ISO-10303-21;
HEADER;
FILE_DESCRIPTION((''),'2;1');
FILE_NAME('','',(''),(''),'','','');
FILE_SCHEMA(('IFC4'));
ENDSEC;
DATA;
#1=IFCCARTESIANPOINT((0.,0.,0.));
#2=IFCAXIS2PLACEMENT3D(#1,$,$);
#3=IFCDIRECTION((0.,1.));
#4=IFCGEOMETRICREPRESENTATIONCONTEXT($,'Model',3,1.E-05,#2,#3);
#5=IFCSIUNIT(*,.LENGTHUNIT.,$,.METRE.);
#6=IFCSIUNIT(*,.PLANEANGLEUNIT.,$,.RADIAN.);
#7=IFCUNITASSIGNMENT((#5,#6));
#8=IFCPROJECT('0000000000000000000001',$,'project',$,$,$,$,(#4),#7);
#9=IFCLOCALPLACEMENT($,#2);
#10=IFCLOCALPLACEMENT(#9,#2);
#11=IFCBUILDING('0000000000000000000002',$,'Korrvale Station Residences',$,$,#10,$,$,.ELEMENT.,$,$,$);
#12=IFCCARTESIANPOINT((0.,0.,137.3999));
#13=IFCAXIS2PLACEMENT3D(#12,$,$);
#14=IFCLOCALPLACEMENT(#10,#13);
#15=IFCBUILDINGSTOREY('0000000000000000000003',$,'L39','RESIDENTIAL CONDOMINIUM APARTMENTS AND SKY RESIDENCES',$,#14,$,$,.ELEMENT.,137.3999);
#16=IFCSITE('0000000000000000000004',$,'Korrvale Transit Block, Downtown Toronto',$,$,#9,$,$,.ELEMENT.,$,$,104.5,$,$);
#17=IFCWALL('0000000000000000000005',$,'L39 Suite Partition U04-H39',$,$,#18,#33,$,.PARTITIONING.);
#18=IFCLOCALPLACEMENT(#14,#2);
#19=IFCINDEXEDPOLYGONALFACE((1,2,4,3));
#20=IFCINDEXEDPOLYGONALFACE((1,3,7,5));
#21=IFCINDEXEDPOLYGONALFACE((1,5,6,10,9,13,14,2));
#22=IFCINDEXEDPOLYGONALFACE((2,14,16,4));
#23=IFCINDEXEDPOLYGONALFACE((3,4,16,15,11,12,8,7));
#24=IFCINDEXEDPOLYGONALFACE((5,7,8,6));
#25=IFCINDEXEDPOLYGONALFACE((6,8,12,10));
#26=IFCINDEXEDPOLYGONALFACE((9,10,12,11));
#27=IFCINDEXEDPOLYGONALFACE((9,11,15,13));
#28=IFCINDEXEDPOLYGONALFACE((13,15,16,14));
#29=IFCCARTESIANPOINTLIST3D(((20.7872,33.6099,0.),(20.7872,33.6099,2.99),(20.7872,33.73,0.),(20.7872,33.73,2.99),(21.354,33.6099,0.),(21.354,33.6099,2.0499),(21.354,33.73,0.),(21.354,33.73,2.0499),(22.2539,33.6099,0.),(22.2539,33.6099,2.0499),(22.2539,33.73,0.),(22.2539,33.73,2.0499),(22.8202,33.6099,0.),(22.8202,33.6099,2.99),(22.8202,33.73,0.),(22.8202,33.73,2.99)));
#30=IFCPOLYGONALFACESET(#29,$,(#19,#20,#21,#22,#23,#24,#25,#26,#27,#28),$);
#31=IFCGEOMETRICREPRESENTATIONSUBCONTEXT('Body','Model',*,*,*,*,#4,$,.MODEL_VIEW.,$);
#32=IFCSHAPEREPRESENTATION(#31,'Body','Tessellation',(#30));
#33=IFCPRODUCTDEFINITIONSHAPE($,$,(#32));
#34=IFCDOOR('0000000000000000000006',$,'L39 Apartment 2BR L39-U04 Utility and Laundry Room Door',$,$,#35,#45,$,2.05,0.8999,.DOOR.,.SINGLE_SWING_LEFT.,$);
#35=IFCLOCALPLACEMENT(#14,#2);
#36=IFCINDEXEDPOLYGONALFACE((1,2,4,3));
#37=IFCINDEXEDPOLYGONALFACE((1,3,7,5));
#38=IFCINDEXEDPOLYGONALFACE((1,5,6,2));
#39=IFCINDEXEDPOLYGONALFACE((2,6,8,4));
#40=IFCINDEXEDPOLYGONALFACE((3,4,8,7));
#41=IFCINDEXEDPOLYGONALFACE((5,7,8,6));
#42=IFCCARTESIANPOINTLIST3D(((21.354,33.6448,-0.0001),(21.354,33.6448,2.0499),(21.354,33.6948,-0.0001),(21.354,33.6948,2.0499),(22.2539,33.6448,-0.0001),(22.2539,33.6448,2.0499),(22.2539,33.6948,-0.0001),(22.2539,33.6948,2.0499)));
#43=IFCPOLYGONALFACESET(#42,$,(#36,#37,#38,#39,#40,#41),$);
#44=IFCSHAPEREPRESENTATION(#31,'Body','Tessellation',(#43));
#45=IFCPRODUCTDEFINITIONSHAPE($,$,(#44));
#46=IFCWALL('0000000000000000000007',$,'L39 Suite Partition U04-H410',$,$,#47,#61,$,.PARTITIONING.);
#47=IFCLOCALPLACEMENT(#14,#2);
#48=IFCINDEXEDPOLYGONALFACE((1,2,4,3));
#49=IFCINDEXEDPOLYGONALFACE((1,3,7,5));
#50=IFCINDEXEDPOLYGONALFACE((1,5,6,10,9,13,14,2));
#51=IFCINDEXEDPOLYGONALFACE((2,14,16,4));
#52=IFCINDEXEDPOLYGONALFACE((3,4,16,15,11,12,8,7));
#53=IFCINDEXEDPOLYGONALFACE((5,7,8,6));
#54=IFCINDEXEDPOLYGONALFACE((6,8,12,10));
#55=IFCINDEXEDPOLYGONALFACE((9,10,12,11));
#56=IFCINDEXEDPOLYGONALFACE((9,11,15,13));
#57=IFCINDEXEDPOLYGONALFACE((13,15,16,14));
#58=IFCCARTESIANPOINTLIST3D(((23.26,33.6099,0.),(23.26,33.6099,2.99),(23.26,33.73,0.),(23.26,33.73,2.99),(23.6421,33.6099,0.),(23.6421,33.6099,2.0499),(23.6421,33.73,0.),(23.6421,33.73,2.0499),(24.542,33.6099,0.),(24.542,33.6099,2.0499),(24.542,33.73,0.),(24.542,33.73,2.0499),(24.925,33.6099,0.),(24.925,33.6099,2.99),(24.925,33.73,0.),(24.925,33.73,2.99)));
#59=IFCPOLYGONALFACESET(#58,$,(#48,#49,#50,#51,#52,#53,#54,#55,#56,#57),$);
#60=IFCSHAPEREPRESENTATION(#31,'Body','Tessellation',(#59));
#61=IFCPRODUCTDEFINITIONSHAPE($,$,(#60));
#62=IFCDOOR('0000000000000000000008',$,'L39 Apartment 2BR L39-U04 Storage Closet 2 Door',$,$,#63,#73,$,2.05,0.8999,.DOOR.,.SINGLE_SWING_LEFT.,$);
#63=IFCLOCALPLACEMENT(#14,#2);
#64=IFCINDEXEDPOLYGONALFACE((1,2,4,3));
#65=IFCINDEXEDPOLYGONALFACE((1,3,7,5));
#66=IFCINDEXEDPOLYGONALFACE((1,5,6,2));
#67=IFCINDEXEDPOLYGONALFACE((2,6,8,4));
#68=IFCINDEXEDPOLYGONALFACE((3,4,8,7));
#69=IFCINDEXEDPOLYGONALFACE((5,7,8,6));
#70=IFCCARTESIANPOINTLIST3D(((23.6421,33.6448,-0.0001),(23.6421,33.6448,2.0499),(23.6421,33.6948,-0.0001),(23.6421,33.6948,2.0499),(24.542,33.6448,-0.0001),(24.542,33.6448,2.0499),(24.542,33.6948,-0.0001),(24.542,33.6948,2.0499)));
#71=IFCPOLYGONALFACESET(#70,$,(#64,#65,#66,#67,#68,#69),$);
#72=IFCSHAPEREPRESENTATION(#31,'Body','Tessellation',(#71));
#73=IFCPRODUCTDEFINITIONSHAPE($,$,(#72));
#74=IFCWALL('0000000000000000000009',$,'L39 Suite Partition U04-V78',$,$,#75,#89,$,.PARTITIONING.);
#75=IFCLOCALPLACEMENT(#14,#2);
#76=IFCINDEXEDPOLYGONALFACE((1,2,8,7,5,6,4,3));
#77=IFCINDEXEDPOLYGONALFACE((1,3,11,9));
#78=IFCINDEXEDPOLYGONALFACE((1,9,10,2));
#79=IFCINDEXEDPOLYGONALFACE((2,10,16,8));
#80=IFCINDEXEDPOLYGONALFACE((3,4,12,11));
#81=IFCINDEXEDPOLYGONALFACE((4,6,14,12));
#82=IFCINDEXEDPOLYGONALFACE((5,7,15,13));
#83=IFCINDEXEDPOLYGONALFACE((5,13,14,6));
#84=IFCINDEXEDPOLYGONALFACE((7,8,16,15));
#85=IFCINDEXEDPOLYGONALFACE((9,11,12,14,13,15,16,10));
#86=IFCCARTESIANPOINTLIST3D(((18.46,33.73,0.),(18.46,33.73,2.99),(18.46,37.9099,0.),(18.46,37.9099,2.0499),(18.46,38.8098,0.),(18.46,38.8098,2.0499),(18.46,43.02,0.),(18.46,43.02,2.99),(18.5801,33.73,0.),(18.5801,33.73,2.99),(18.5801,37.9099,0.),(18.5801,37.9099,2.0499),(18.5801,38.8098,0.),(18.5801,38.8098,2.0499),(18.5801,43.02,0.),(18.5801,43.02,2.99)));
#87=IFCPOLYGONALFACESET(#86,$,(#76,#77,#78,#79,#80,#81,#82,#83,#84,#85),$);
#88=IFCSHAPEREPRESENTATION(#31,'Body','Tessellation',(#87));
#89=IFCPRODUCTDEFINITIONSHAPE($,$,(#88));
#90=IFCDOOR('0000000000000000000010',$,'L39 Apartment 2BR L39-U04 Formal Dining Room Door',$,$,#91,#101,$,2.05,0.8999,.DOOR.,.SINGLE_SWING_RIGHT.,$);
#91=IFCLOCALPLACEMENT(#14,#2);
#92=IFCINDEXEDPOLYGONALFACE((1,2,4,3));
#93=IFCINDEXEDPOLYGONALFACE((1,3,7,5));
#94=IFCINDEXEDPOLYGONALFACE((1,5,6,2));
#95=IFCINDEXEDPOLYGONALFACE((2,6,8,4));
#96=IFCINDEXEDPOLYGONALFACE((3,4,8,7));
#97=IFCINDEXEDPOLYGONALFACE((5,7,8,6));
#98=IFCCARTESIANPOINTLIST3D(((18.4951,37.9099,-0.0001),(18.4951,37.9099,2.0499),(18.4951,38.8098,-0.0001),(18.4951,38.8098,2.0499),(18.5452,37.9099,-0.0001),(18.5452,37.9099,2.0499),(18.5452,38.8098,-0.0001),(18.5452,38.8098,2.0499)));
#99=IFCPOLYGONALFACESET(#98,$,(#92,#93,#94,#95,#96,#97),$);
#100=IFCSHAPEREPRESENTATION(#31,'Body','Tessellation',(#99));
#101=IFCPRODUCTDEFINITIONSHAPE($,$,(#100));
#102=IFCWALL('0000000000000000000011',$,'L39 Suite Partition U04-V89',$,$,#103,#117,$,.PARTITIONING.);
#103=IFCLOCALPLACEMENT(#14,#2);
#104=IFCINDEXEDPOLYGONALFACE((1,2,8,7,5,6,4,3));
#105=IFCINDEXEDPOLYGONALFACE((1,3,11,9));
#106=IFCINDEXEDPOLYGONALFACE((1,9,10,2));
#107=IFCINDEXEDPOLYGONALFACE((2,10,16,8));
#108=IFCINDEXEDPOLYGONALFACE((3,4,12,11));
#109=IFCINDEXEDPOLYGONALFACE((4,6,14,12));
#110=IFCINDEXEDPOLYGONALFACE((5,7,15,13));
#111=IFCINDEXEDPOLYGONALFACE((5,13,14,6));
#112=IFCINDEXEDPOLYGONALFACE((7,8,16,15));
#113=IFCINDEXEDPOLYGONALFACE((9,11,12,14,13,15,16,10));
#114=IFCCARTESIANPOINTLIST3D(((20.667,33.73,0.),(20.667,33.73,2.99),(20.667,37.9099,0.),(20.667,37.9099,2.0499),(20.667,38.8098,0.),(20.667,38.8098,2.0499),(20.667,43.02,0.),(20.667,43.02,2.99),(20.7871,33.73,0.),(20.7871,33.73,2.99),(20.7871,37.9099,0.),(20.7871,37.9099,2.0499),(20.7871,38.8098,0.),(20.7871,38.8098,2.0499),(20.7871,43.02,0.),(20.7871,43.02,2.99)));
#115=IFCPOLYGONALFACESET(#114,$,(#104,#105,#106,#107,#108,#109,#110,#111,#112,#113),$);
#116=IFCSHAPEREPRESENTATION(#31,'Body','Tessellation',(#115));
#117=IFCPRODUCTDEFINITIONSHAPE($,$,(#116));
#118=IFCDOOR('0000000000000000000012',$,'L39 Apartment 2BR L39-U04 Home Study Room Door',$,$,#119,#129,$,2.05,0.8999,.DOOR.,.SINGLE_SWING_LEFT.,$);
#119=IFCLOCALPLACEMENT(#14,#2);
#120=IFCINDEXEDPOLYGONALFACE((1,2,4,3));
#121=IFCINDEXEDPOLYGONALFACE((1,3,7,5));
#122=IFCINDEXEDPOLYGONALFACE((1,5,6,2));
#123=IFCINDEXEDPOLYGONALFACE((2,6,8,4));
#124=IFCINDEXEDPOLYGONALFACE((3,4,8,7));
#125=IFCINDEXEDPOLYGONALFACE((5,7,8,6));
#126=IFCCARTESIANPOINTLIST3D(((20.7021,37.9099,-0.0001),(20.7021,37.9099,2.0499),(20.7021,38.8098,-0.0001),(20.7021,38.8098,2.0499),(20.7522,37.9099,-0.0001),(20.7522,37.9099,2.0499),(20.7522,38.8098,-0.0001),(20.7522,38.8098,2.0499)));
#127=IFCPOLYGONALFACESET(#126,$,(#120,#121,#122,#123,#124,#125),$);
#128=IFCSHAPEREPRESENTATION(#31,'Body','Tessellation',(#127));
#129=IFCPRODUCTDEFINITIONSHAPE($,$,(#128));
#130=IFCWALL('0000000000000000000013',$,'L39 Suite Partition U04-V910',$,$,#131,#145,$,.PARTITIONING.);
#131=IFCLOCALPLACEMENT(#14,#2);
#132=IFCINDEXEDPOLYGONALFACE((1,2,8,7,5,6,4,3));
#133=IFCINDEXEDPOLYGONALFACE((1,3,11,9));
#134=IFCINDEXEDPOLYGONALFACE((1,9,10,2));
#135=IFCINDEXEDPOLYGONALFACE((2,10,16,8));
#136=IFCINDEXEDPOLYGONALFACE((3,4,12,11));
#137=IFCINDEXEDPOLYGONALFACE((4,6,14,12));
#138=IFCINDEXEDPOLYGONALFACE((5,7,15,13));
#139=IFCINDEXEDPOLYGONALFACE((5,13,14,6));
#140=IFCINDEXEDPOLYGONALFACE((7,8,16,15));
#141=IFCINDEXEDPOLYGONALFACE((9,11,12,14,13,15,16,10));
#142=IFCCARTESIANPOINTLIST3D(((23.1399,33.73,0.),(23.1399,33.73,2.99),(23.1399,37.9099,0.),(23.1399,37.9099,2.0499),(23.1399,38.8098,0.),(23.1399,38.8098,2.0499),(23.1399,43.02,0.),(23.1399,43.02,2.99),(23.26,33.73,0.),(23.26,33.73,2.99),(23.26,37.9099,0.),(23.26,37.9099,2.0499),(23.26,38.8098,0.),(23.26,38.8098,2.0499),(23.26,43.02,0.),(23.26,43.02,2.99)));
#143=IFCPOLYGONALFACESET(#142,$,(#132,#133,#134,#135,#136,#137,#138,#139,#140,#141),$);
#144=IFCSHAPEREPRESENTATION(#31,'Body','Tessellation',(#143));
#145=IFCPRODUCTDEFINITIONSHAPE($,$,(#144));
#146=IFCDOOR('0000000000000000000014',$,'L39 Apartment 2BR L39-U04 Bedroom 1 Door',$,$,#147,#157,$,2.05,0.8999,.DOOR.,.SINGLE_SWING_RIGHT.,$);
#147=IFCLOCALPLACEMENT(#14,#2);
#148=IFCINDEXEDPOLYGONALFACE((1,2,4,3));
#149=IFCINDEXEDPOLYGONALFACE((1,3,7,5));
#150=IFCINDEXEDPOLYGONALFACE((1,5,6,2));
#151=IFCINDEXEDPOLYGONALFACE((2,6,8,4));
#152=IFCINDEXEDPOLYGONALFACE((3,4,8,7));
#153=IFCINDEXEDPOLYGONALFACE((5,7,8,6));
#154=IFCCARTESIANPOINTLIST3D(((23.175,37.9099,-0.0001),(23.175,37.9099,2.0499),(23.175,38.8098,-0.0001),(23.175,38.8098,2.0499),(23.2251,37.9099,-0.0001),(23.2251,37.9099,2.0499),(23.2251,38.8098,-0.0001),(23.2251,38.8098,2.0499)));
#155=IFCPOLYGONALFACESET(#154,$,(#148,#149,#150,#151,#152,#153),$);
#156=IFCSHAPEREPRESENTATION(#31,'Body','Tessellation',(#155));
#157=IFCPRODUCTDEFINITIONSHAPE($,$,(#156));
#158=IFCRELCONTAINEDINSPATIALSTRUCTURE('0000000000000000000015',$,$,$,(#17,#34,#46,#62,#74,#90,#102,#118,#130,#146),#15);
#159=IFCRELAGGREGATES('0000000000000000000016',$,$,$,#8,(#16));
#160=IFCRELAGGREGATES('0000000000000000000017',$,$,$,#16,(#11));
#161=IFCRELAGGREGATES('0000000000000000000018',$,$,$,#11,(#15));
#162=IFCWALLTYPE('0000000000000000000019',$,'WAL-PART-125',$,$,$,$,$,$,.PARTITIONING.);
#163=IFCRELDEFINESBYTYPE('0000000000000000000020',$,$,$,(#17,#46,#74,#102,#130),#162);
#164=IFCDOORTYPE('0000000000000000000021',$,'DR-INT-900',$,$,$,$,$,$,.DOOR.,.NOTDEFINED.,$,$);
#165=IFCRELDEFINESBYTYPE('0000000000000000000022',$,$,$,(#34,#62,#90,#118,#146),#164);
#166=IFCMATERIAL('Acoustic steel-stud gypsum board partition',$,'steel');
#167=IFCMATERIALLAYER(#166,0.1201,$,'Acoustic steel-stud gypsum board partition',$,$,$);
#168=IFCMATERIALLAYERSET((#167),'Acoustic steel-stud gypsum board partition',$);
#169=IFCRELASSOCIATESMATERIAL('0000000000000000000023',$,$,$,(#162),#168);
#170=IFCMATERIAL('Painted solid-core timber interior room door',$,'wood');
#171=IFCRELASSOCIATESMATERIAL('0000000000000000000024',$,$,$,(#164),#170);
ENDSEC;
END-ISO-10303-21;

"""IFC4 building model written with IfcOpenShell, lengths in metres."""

from ifc_helpers import new_model, si_unit, direction, frame, frame_2d, origin, place, context, subcontext, project, spatial, rectangle, extrude, material, layer, layer_set, type_object, element, fill, save


model = new_model("IFC4")

# Units and contexts
model_context = context("Model", 3, precision=1e-05, world=origin(), true_north=direction((0.0, 1.0)))
body_context = subcontext(model_context, "Body", "Model", "MODEL_VIEW")
ifc_project = project(units=[si_unit("LENGTHUNIT", "METRE"), si_unit("PLANEANGLEUNIT", "RADIAN")], contexts=[model_context])

# Site, building, storey
site_placement = place(None, origin())
site = spatial("IfcSite", under=ifc_project, at=site_placement, Name="Korrvale Transit Block, Downtown Toronto", CompositionType="ELEMENT", RefElevation=104.5)
building_placement = place(site_placement, origin())
building = spatial("IfcBuilding", under=site, at=building_placement, Name="Korrvale Station Residences", CompositionType="ELEMENT")
storey_placement = place(building_placement, frame((0.0, 0.0, 137.3999)))
storey = spatial("IfcBuildingStorey", under=building, at=storey_placement, Name="L39", Description="RESIDENTIAL CONDOMINIUM APARTMENTS AND SKY RESIDENCES", CompositionType="ELEMENT", Elevation=137.3999)

# Shared definitions
ifc_material_1 = material(Name="Acoustic steel-stud gypsum board partition", Category="steel")
ifc_layer = layer(ifc_material_1, 0.1201, Name="Acoustic steel-stud gypsum board partition")
ifc_layer_set = layer_set([ifc_layer], Name="Acoustic steel-stud gypsum board partition")
wall_type = type_object("IfcWallType", Name="WAL-PART-125", PredefinedType="PARTITIONING", material=ifc_layer_set)
ifc_material_2 = material(Name="Painted solid-core timber interior room door", Category="wood")
door_type = type_object("IfcDoorType", Name="DR-INT-900", OperationType="NOTDEFINED", PredefinedType="DOOR", material=ifc_material_2)

# Walls, openings, doors
wall_1_placement = place(storey_placement, frame((20.7871, 33.6699, 0.0), z_axis=(0.0, 0.0, 1.0), x_axis=(1.0, 0.0, 0.0)))
wall_1 = element("IfcWall", 1, at=wall_1_placement, inside=storey, type_object=wall_type, Name="L39 Suite Partition U04-H39", PredefinedType="PARTITIONING", context=body_context, shape_type="SweptSolid", body=[
    extrude(rectangle(XDim=2.033, YDim=0.1201, at=frame_2d((1.0166, 0.0))), origin(), (0.0, 0.0, 1.0), 2.99),
])
opening_1_placement = place(wall_1_placement, frame((0.5669, 0.0, 0.0)))
opening_1 = element("IfcOpeningElement", 2, at=opening_1_placement, cuts=wall_1, PredefinedType="OPENING", context=body_context, shape_type="SweptSolid", body=[
    extrude(rectangle(XDim=0.8999, YDim=2.05, at=frame_2d((0.45, 1.0249))), frame((0.0, 0.0701, 0.0), z_axis=(0.0, -1.0, 0.0), x_axis=(1.0, 0.0, 0.0)), (0.0, 0.0, 1.0), 0.1401),
])
door_1_placement = place(opening_1_placement, origin())
door_1 = element("IfcDoor", 3, at=door_1_placement, inside=storey, type_object=door_type, Name="L39 Apartment 2BR L39-U04 Utility and Laundry Room Door", OperationType="SINGLE_SWING_LEFT", OverallHeight=2.05, OverallWidth=0.8999, PredefinedType="DOOR", context=body_context, shape_type="SweptSolid", body=[
    extrude(rectangle(XDim=0.8999, YDim=2.05, at=frame_2d((0.45, 1.0249))), frame((0.0, 0.0249, 0.0), z_axis=(0.0, -1.0, 0.0), x_axis=(1.0, 0.0, 0.0)), (0.0, 0.0, 1.0), 0.05),
])
fill(opening_1, door_1)
wall_2_placement = place(storey_placement, frame((23.26, 33.6699, 0.0), z_axis=(0.0, 0.0, 1.0), x_axis=(1.0, 0.0, 0.0)))
wall_2 = element("IfcWall", 4, at=wall_2_placement, inside=storey, type_object=wall_type, Name="L39 Suite Partition U04-H410", PredefinedType="PARTITIONING", context=body_context, shape_type="SweptSolid", body=[
    extrude(rectangle(XDim=1.665, YDim=0.1201, at=frame_2d((0.8325, 0.0))), origin(), (0.0, 0.0, 1.0), 2.99),
])
opening_2_placement = place(wall_2_placement, frame((0.3821, 0.0, 0.0)))
opening_2 = element("IfcOpeningElement", 5, at=opening_2_placement, cuts=wall_2, PredefinedType="OPENING", context=body_context, shape_type="SweptSolid", body=[
    extrude(rectangle(XDim=0.8999, YDim=2.05, at=frame_2d((0.45, 1.0249))), frame((0.0, 0.0701, 0.0), z_axis=(0.0, -1.0, 0.0), x_axis=(1.0, 0.0, 0.0)), (0.0, 0.0, 1.0), 0.1401),
])
door_2_placement = place(opening_2_placement, origin())
door_2 = element("IfcDoor", 6, at=door_2_placement, inside=storey, type_object=door_type, Name="L39 Apartment 2BR L39-U04 Storage Closet 2 Door", OperationType="SINGLE_SWING_LEFT", OverallHeight=2.05, OverallWidth=0.8999, PredefinedType="DOOR", context=body_context, shape_type="SweptSolid", body=[
    extrude(rectangle(XDim=0.8999, YDim=2.05, at=frame_2d((0.45, 1.0249))), frame((0.0, 0.0249, 0.0), z_axis=(0.0, -1.0, 0.0), x_axis=(1.0, 0.0, 0.0)), (0.0, 0.0, 1.0), 0.05),
])
fill(opening_2, door_2)
wall_3_placement = place(storey_placement, frame((18.52, 33.73, 0.0), z_axis=(0.0, 0.0, 1.0), x_axis=(0.0, 1.0, 0.0)))
wall_3 = element("IfcWall", 7, at=wall_3_placement, inside=storey, type_object=wall_type, Name="L39 Suite Partition U04-V78", PredefinedType="PARTITIONING", context=body_context, shape_type="SweptSolid", body=[
    extrude(rectangle(XDim=9.29, YDim=0.1201, at=frame_2d((4.645, 0.0))), origin(), (0.0, 0.0, 1.0), 2.99),
])
opening_3_placement = place(wall_3_placement, frame((4.1799, 0.0, 0.0)))
opening_3 = element("IfcOpeningElement", 8, at=opening_3_placement, cuts=wall_3, PredefinedType="OPENING", context=body_context, shape_type="SweptSolid", body=[
    extrude(rectangle(XDim=0.8999, YDim=2.05, at=frame_2d((0.45, 1.0249))), frame((0.0, 0.0701, 0.0), z_axis=(0.0, -1.0, 0.0), x_axis=(1.0, 0.0, 0.0)), (0.0, 0.0, 1.0), 0.1401),
])
door_3_placement = place(opening_3_placement, origin())
door_3 = element("IfcDoor", 9, at=door_3_placement, inside=storey, type_object=door_type, Name="L39 Apartment 2BR L39-U04 Formal Dining Room Door", OperationType="SINGLE_SWING_RIGHT", OverallHeight=2.05, OverallWidth=0.8999, PredefinedType="DOOR", context=body_context, shape_type="SweptSolid", body=[
    extrude(rectangle(XDim=0.8999, YDim=2.05, at=frame_2d((0.45, 1.0249))), frame((0.0, 0.0249, 0.0), z_axis=(0.0, -1.0, 0.0), x_axis=(1.0, 0.0, 0.0)), (0.0, 0.0, 1.0), 0.05),
])
fill(opening_3, door_3)
wall_4_placement = place(storey_placement, frame((20.7271, 33.73, 0.0), z_axis=(0.0, 0.0, 1.0), x_axis=(0.0, 1.0, 0.0)))
wall_4 = element("IfcWall", 10, at=wall_4_placement, inside=storey, type_object=wall_type, Name="L39 Suite Partition U04-V89", PredefinedType="PARTITIONING", context=body_context, shape_type="SweptSolid", body=[
    extrude(rectangle(XDim=9.29, YDim=0.1201, at=frame_2d((4.645, 0.0))), origin(), (0.0, 0.0, 1.0), 2.99),
])
opening_4_placement = place(wall_4_placement, frame((4.1799, 0.0, 0.0)))
opening_4 = element("IfcOpeningElement", 11, at=opening_4_placement, cuts=wall_4, PredefinedType="OPENING", context=body_context, shape_type="SweptSolid", body=[
    extrude(rectangle(XDim=0.8999, YDim=2.05, at=frame_2d((0.45, 1.0249))), frame((0.0, 0.0701, 0.0), z_axis=(0.0, -1.0, 0.0), x_axis=(1.0, 0.0, 0.0)), (0.0, 0.0, 1.0), 0.1401),
])
door_4_placement = place(opening_4_placement, origin())
door_4 = element("IfcDoor", 12, at=door_4_placement, inside=storey, type_object=door_type, Name="L39 Apartment 2BR L39-U04 Home Study Room Door", OperationType="SINGLE_SWING_LEFT", OverallHeight=2.05, OverallWidth=0.8999, PredefinedType="DOOR", context=body_context, shape_type="SweptSolid", body=[
    extrude(rectangle(XDim=0.8999, YDim=2.05, at=frame_2d((0.45, 1.0249))), frame((0.0, 0.0249, 0.0), z_axis=(0.0, -1.0, 0.0), x_axis=(1.0, 0.0, 0.0)), (0.0, 0.0, 1.0), 0.05),
])
fill(opening_4, door_4)
wall_5_placement = place(storey_placement, frame((23.2, 33.73, 0.0), z_axis=(0.0, 0.0, 1.0), x_axis=(0.0, 1.0, 0.0)))
wall_5 = element("IfcWall", 13, at=wall_5_placement, inside=storey, type_object=wall_type, Name="L39 Suite Partition U04-V910", PredefinedType="PARTITIONING", context=body_context, shape_type="SweptSolid", body=[
    extrude(rectangle(XDim=9.29, YDim=0.1201, at=frame_2d((4.645, 0.0))), origin(), (0.0, 0.0, 1.0), 2.99),
])
opening_5_placement = place(wall_5_placement, frame((4.1799, 0.0, 0.0)))
opening_5 = element("IfcOpeningElement", 14, at=opening_5_placement, cuts=wall_5, PredefinedType="OPENING", context=body_context, shape_type="SweptSolid", body=[
    extrude(rectangle(XDim=0.8999, YDim=2.05, at=frame_2d((0.45, 1.0249))), frame((0.0, 0.0701, 0.0), z_axis=(0.0, -1.0, 0.0), x_axis=(1.0, 0.0, 0.0)), (0.0, 0.0, 1.0), 0.1401),
])
door_5_placement = place(opening_5_placement, origin())
door_5 = element("IfcDoor", 15, at=door_5_placement, inside=storey, type_object=door_type, Name="L39 Apartment 2BR L39-U04 Bedroom 1 Door", OperationType="SINGLE_SWING_RIGHT", OverallHeight=2.05, OverallWidth=0.8999, PredefinedType="DOOR", context=body_context, shape_type="SweptSolid", body=[
    extrude(rectangle(XDim=0.8999, YDim=2.05, at=frame_2d((0.45, 1.0249))), frame((0.0, 0.0249, 0.0), z_axis=(0.0, -1.0, 0.0), x_axis=(1.0, 0.0, 0.0)), (0.0, 0.0, 1.0), 0.05),
])
fill(opening_5, door_5)

save(model, "model.ifc")
